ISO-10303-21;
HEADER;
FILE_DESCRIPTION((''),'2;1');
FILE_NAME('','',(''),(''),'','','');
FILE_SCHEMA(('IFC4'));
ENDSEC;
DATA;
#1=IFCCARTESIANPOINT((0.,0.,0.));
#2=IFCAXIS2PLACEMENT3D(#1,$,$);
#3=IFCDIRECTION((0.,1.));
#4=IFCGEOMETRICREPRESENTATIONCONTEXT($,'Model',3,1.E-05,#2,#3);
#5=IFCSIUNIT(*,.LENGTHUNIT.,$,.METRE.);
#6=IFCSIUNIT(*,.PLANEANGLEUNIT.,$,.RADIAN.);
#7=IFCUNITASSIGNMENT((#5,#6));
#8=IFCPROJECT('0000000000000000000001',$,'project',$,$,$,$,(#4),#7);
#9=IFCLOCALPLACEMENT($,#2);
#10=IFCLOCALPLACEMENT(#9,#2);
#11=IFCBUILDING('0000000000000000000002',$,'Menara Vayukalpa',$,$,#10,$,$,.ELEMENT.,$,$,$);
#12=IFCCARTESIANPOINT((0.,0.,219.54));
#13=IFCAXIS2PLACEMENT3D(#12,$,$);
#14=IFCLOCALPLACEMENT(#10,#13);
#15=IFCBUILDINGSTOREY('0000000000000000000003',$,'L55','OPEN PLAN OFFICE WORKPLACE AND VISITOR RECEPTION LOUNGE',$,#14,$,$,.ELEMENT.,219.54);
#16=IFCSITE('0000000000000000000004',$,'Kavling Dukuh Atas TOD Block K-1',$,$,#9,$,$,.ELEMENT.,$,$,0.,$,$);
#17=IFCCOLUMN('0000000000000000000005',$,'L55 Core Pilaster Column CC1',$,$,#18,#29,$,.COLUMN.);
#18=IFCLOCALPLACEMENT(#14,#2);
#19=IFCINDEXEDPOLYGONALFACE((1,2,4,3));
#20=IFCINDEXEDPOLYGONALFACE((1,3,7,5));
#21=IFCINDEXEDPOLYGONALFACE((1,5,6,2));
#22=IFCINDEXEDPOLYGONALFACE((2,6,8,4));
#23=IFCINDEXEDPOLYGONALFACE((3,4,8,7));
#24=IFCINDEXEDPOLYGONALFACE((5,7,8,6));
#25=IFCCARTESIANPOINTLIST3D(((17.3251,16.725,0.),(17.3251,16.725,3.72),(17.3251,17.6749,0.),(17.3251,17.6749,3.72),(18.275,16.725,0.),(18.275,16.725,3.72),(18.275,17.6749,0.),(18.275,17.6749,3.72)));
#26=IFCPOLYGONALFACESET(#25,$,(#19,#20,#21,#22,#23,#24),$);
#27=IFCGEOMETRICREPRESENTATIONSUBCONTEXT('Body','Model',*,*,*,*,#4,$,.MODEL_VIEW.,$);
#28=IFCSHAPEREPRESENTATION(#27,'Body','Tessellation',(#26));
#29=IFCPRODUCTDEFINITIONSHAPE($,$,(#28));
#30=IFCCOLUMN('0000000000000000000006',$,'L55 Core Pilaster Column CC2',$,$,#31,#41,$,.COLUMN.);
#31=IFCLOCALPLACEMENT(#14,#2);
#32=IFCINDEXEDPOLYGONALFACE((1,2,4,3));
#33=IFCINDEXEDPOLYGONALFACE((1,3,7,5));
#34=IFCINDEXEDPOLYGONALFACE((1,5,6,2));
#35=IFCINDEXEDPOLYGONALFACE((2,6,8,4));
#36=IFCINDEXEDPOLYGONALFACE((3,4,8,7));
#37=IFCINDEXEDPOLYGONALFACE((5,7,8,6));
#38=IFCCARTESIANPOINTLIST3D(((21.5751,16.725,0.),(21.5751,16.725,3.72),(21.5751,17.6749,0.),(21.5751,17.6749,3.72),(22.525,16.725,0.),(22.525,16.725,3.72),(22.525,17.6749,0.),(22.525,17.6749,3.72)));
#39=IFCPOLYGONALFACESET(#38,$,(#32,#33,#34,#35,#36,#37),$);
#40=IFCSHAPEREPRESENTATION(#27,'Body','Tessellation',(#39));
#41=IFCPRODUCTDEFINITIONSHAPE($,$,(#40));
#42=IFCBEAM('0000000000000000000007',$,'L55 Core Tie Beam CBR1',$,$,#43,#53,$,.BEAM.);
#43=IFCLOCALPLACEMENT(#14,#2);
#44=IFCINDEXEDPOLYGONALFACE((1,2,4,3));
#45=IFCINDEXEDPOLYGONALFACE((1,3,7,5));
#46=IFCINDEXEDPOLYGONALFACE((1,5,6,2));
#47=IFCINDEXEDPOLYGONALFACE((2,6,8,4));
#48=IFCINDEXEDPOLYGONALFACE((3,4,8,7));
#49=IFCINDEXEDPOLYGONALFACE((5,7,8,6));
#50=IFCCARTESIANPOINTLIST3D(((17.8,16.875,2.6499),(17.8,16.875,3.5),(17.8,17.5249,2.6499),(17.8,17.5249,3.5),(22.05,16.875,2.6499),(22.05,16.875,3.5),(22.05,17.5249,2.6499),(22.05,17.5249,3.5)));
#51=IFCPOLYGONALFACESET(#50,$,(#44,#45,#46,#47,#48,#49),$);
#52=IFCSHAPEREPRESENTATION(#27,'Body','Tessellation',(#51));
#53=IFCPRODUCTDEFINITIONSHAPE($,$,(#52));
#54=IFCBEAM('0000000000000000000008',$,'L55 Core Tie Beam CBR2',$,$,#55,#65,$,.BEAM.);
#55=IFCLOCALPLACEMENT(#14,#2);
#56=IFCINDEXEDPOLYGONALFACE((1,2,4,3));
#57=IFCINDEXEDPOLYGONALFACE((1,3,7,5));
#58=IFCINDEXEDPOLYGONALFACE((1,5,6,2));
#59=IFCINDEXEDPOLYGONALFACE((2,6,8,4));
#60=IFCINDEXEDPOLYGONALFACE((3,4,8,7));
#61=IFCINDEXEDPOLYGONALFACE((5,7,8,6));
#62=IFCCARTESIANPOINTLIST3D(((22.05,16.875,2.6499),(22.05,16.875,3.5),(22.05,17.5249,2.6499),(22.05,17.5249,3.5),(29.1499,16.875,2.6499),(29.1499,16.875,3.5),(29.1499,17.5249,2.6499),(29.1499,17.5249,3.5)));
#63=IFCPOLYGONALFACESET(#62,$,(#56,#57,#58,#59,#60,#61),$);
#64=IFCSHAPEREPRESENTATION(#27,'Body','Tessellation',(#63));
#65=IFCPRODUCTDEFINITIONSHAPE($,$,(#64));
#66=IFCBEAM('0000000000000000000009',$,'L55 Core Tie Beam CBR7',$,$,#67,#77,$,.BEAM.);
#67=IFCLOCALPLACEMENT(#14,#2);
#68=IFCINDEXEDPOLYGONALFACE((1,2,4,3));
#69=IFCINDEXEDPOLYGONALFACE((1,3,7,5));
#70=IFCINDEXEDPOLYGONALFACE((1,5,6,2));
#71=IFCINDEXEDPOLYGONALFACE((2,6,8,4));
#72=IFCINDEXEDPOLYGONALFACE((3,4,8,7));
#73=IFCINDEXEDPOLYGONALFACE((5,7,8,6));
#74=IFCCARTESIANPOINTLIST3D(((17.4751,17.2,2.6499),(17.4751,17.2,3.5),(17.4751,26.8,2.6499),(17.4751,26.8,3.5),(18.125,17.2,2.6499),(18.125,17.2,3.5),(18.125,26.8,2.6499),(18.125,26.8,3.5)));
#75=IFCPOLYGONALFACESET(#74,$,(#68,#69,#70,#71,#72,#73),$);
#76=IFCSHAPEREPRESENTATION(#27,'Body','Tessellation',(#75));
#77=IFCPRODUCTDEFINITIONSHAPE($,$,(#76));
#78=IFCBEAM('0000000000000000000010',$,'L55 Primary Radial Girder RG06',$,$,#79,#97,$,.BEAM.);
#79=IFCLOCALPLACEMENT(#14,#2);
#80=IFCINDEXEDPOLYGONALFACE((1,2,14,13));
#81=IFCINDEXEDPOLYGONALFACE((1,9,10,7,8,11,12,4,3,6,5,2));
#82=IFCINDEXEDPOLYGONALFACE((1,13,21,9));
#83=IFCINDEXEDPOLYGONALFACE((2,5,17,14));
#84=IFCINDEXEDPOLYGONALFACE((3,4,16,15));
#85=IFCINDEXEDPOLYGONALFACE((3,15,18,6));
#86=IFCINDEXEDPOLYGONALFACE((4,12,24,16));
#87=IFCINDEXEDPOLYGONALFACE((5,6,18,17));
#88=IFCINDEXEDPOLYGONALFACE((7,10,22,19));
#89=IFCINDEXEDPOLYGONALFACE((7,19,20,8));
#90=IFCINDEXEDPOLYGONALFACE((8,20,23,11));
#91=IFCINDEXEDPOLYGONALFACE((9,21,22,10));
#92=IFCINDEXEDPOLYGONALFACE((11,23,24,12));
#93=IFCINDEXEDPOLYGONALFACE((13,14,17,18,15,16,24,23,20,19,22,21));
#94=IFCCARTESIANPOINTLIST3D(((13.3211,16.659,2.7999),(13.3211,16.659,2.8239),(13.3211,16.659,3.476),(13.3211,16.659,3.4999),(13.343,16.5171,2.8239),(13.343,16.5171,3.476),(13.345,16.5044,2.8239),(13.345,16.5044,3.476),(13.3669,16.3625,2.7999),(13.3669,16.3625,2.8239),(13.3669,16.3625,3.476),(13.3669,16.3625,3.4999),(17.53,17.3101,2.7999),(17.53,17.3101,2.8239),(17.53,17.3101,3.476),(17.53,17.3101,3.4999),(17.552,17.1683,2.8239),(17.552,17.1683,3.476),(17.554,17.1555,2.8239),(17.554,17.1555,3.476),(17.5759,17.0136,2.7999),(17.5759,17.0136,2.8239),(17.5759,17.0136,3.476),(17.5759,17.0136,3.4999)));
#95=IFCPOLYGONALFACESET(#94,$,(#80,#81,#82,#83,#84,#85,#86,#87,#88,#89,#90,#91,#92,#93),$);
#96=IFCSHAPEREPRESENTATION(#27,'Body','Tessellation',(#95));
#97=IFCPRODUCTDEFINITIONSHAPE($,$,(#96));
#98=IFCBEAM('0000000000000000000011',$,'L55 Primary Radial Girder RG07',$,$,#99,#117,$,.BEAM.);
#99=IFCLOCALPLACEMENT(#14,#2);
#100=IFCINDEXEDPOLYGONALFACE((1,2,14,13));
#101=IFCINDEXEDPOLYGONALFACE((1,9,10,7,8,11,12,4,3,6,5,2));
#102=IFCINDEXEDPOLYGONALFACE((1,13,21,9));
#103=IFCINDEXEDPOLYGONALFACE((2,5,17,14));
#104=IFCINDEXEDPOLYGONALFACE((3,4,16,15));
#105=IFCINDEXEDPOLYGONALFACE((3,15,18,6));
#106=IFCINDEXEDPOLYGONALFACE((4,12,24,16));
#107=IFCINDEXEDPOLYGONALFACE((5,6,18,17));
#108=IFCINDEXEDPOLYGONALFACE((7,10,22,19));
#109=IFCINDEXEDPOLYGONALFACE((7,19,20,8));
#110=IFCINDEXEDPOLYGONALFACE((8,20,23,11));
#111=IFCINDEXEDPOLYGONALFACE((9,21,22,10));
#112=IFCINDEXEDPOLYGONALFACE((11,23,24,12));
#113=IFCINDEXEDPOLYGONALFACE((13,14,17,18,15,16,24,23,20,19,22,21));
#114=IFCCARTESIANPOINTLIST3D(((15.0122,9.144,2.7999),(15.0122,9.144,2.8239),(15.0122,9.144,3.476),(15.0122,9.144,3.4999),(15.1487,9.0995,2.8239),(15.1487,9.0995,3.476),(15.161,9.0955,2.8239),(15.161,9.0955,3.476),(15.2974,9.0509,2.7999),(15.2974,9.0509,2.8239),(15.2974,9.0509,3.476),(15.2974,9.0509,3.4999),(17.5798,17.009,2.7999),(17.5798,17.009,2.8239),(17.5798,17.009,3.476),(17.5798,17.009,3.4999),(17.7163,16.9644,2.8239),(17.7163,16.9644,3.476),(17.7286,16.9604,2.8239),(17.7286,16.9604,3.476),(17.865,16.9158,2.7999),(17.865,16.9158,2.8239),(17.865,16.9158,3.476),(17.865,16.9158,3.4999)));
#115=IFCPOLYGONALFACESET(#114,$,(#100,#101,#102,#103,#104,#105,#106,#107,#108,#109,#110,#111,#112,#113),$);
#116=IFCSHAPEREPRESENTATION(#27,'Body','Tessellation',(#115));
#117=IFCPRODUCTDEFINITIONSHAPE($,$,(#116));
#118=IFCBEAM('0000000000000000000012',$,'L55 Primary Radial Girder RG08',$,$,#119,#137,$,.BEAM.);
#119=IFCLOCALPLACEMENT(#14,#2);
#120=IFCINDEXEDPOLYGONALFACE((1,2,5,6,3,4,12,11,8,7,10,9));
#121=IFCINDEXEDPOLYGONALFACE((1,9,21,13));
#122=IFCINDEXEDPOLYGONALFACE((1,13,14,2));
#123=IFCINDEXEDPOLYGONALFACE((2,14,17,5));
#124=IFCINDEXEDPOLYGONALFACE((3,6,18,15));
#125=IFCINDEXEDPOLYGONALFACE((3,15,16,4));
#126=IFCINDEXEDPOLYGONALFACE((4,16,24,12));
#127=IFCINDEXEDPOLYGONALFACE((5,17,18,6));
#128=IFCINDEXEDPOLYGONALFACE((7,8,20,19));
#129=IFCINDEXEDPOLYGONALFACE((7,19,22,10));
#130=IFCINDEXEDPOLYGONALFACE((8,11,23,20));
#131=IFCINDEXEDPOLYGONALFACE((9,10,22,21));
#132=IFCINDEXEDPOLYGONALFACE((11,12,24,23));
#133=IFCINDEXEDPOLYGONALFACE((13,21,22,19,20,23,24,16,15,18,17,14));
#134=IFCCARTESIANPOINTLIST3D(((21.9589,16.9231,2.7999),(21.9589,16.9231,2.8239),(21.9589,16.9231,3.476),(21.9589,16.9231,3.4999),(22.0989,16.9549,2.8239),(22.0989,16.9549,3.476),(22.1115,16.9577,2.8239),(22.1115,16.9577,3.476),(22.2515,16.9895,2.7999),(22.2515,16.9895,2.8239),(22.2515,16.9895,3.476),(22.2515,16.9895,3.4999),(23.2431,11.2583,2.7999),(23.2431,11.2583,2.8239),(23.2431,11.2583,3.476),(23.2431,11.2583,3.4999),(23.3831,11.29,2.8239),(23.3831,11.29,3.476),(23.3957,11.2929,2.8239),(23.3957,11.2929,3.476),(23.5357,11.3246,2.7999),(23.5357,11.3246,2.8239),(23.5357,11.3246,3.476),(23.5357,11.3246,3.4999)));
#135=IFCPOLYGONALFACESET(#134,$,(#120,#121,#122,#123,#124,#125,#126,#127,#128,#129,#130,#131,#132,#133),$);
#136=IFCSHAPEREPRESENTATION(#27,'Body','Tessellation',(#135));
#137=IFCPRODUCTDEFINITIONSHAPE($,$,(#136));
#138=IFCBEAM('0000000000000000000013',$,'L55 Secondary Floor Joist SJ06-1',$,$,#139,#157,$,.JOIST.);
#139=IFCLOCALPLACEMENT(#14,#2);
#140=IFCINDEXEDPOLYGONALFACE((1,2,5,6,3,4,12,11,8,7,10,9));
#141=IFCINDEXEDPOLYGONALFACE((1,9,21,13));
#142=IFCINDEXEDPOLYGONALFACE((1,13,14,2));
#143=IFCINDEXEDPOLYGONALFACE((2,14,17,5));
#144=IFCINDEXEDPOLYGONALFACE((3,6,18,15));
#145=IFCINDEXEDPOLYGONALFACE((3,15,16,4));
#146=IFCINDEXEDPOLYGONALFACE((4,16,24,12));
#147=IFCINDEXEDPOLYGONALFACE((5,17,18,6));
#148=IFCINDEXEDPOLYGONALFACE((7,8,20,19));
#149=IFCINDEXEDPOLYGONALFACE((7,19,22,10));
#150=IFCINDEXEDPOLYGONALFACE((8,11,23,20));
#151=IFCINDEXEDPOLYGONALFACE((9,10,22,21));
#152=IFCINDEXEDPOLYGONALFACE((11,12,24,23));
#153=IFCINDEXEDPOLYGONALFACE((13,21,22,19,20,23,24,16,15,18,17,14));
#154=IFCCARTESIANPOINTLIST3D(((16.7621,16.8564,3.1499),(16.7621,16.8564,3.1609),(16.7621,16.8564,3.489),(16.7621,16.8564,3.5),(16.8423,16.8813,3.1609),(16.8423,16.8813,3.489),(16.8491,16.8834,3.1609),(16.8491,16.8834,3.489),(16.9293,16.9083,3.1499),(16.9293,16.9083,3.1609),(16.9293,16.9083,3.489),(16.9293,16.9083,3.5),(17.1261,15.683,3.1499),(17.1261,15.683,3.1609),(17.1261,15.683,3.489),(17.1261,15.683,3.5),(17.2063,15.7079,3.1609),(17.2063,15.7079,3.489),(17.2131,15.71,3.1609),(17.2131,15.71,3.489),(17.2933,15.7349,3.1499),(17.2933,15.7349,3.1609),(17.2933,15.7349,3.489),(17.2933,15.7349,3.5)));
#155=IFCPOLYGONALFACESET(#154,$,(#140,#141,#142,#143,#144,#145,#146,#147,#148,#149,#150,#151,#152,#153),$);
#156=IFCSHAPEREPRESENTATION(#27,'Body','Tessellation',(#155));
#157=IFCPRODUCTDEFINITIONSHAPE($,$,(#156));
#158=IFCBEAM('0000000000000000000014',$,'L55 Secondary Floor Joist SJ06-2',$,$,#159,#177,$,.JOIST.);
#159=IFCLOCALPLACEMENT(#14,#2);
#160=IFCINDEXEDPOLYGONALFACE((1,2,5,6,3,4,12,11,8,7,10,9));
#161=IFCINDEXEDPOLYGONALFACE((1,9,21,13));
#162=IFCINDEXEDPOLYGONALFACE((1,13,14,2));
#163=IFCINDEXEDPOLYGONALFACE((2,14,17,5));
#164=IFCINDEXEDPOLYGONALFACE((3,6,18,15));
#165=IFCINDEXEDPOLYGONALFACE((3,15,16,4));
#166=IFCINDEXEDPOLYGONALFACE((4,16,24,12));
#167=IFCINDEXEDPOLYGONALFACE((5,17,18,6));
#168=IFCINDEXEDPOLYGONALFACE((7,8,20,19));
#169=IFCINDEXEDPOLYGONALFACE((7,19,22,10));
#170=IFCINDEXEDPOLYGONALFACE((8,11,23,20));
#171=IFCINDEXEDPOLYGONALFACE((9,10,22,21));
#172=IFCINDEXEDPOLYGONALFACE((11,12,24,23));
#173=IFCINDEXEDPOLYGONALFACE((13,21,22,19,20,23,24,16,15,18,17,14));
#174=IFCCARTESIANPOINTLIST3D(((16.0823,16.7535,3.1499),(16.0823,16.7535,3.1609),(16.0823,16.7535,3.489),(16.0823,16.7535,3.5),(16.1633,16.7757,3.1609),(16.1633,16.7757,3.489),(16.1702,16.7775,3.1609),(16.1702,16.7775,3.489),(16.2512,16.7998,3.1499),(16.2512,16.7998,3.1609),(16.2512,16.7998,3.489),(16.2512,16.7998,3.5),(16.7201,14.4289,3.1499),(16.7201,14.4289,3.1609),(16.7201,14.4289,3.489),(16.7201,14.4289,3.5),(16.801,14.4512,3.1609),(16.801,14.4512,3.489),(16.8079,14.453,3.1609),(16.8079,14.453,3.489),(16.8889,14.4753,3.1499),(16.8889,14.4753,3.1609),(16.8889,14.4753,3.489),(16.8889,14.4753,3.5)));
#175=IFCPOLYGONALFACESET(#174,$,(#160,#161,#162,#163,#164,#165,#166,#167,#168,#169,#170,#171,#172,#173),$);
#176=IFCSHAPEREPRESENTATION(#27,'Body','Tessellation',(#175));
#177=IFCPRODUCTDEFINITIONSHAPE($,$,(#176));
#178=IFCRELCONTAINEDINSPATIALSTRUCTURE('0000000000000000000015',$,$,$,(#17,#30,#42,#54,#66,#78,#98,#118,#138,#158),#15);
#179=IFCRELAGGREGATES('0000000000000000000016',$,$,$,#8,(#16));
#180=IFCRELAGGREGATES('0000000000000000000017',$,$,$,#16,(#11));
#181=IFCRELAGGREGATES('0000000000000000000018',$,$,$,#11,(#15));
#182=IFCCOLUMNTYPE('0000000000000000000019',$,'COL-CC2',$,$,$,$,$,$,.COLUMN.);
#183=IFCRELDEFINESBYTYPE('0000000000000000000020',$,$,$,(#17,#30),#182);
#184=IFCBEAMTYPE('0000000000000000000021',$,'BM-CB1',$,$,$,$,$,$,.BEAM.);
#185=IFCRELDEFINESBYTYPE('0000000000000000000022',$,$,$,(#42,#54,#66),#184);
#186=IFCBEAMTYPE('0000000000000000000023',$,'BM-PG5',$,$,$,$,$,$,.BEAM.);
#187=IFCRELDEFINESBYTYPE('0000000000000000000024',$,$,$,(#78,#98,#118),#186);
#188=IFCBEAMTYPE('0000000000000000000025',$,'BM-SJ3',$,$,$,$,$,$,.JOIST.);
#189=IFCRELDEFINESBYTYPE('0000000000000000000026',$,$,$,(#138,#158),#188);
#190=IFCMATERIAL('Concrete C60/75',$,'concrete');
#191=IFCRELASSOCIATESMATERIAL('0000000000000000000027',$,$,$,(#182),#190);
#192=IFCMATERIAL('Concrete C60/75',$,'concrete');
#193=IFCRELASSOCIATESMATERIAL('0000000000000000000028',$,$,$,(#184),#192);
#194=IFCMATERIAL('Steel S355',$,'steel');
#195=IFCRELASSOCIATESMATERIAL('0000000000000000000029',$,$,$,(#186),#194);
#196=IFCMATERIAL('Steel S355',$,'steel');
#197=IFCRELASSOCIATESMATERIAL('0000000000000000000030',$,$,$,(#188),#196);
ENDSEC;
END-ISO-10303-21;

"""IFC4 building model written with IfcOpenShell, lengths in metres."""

from ifc_helpers import new_model, si_unit, direction, frame, origin, origin_2d, place, context, subcontext, project, spatial, rectangle, i_section, extrude, material, material_profile, profile_set, type_object, element, save


model = new_model("IFC4")

# Units and contexts
model_context = context("Model", 3, precision=1e-05, world=origin(), true_north=direction((0.0, 1.0)))
body_context = subcontext(model_context, "Body", "Model", "MODEL_VIEW")
ifc_project = project(units=[si_unit("LENGTHUNIT", "METRE"), si_unit("PLANEANGLEUNIT", "RADIAN")], contexts=[model_context])

# Site, building, storey
site_placement = place(None, origin())
site = spatial("IfcSite", under=ifc_project, at=site_placement, Name="Kavling Dukuh Atas TOD Block K-1", CompositionType="ELEMENT", RefElevation=0.0)
building_placement = place(site_placement, origin())
building = spatial("IfcBuilding", under=site, at=building_placement, Name="Menara Vayukalpa", CompositionType="ELEMENT")
storey_placement = place(building_placement, frame((0.0, 0.0, 219.54)))
storey = spatial("IfcBuildingStorey", under=building, at=storey_placement, Name="L55", Description="OPEN PLAN OFFICE WORKPLACE AND VISITOR RECEPTION LOUNGE", CompositionType="ELEMENT", Elevation=219.54)

# Columns
ifc_material_1 = material(Name="Concrete C60/75", Category="concrete")
ifc_material_profile_1 = material_profile(ifc_material_1, rectangle(XDim=0.95, YDim=0.95, at=origin_2d()), Name="RC 950x950")
ifc_profile_set_1 = profile_set([ifc_material_profile_1], Name="Concrete C60/75")
column_type = type_object("IfcColumnType", Name="COL-CC2", PredefinedType="COLUMN", material=ifc_profile_set_1)
for number, where, z_axis, x_axis, name in (
    (1, (17.8, 17.2, 0.0), (0.0, 0.0, 1.0), (1.0, 0.0, 0.0), "L55 Core Pilaster Column CC1"),
    (2, (22.05, 17.2, 0.0), (0.0, 0.0, 1.0), (1.0, 0.0, 0.0), "L55 Core Pilaster Column CC2"),
):
    element("IfcColumn", number, at=place(storey_placement, frame(where, z_axis=z_axis, x_axis=x_axis)), inside=storey, type_object=column_type, Name=name, PredefinedType="COLUMN", context=body_context, shape_type="SweptSolid", body=[
        extrude(rectangle(XDim=0.95, YDim=0.95, at=origin_2d()), origin(), (0.0, 0.0, 1.0), 3.72),
    ])

# Beams
ifc_material_2 = material(Name="Concrete C60/75", Category="concrete")
ifc_material_profile_2 = material_profile(ifc_material_2, rectangle(XDim=0.6499, YDim=0.8501, at=origin_2d()), Name="RC 650x850")
ifc_profile_set_2 = profile_set([ifc_material_profile_2], Name="Concrete C60/75")
beam_type_1 = type_object("IfcBeamType", Name="BM-CB1", PredefinedType="BEAM", material=ifc_profile_set_2)
beam_1_placement = place(storey_placement, frame((17.8, 17.2, 3.075), z_axis=(1.0, 0.0, 0.0), x_axis=(0.0, 1.0, 0.0)))
element("IfcBeam", 3, at=beam_1_placement, inside=storey, type_object=beam_type_1, Name="L55 Core Tie Beam CBR1", PredefinedType="BEAM", context=body_context, shape_type="SweptSolid", body=[
    extrude(rectangle(XDim=0.6499, YDim=0.8501, at=origin_2d()), origin(), (0.0, 0.0, 1.0), 4.25),
])
beam_2_placement = place(storey_placement, frame((22.05, 17.2, 3.075), z_axis=(1.0, 0.0, 0.0), x_axis=(0.0, 1.0, 0.0)))
element("IfcBeam", 4, at=beam_2_placement, inside=storey, type_object=beam_type_1, Name="L55 Core Tie Beam CBR2", PredefinedType="BEAM", context=body_context, shape_type="SweptSolid", body=[
    extrude(rectangle(XDim=0.6499, YDim=0.8501, at=origin_2d()), origin(), (0.0, 0.0, 1.0), 7.0999),
])
beam_3_placement = place(storey_placement, frame((17.8, 17.2, 3.075), z_axis=(0.0, 1.0, 0.0), x_axis=(-1.0, 0.0, 0.0)))
element("IfcBeam", 5, at=beam_3_placement, inside=storey, type_object=beam_type_1, Name="L55 Core Tie Beam CBR7", PredefinedType="BEAM", context=body_context, shape_type="SweptSolid", body=[
    extrude(rectangle(XDim=0.6499, YDim=0.8501, at=origin_2d()), origin(), (0.0, 0.0, 1.0), 9.6001),
])
ifc_material_3 = material(Name="Steel S355", Category="steel")
ifc_material_profile_3 = material_profile(ifc_material_3, i_section(OverallWidth=0.3, OverallDepth=0.7, WebThickness=0.0129, FlangeThickness=0.0239, at=origin_2d()), Name="WF 700x300x13x24")
ifc_profile_set_3 = profile_set([ifc_material_profile_3], Name="Steel S355")
beam_type_2 = type_object("IfcBeamType", Name="BM-PG5", PredefinedType="BEAM", material=ifc_profile_set_3)
beam_4_placement = place(storey_placement, frame((17.553, 17.1619, 3.1499), z_axis=(-0.988245, -0.15288, 0.0), x_axis=(0.15288, -0.988245, 0.0)))
element("IfcBeam", 6, at=beam_4_placement, inside=storey, type_object=beam_type_2, Name="L55 Primary Radial Girder RG06", PredefinedType="BEAM", context=body_context, shape_type="SweptSolid", body=[
    extrude(i_section(OverallWidth=0.3, OverallDepth=0.7, WebThickness=0.0129, FlangeThickness=0.0239, at=origin_2d()), origin(), (0.0, 0.0, 1.0), 4.259),
])
beam_5_placement = place(storey_placement, frame((17.7224, 16.9624, 3.1499), z_axis=(-0.310344, -0.950624, 0.0), x_axis=(0.950624, -0.310344, 0.0)))
element("IfcBeam", 7, at=beam_5_placement, inside=storey, type_object=beam_type_2, Name="L55 Primary Radial Girder RG07", PredefinedType="BEAM", context=body_context, shape_type="SweptSolid", body=[
    extrude(i_section(OverallWidth=0.3, OverallDepth=0.7, WebThickness=0.0129, FlangeThickness=0.0239, at=origin_2d()), origin(), (0.0, 0.0, 1.0), 8.2734),
])
beam_6_placement = place(storey_placement, frame((22.1052, 16.9563, 3.1499), z_axis=(0.221085, -0.975255, 0.0), x_axis=(0.975255, 0.221085, 0.0)))
element("IfcBeam", 8, at=beam_6_placement, inside=storey, type_object=beam_type_2, Name="L55 Primary Radial Girder RG08", PredefinedType="BEAM", context=body_context, shape_type="SweptSolid", body=[
    extrude(i_section(OverallWidth=0.3, OverallDepth=0.7, WebThickness=0.0129, FlangeThickness=0.0239, at=origin_2d()), origin(), (0.0, 0.0, 1.0), 5.8086),
])
ifc_material_4 = material(Name="Steel S355", Category="steel")
ifc_material_profile_4 = material_profile(ifc_material_4, i_section(OverallWidth=0.175, OverallDepth=0.3501, WebThickness=0.0071, FlangeThickness=0.011, at=origin_2d()), Name="WF 350x175x7x11")
ifc_profile_set_4 = profile_set([ifc_material_profile_4], Name="Steel S355")
beam_type_3 = type_object("IfcBeamType", Name="BM-SJ3", PredefinedType="JOIST", material=ifc_profile_set_4)
beam_7_placement = place(storey_placement, frame((16.8457, 16.8823, 3.325), z_axis=(0.296305, -0.955093, 0.0), x_axis=(0.955093, 0.296305, 0.0)))
element("IfcBeam", 9, at=beam_7_placement, inside=storey, type_object=beam_type_3, Name="L55 Secondary Floor Joist SJ06-1", PredefinedType="JOIST", context=body_context, shape_type="SweptSolid", body=[
    extrude(i_section(OverallWidth=0.175, OverallDepth=0.3501, WebThickness=0.0071, FlangeThickness=0.011, at=origin_2d()), origin(), (0.0, 0.0, 1.0), 1.2285),
])
beam_8_placement = place(storey_placement, frame((16.1667, 16.7766, 3.325), z_axis=(0.264566, -0.964368, 0.0), x_axis=(0.964368, 0.264566, 0.0)))
element("IfcBeam", 10, at=beam_8_placement, inside=storey, type_object=beam_type_3, Name="L55 Secondary Floor Joist SJ06-2", PredefinedType="JOIST", context=body_context, shape_type="SweptSolid", body=[
    extrude(i_section(OverallWidth=0.175, OverallDepth=0.3501, WebThickness=0.0071, FlangeThickness=0.011, at=origin_2d()), origin(), (0.0, 0.0, 1.0), 2.4104),
])

save(model, "model.ifc")
